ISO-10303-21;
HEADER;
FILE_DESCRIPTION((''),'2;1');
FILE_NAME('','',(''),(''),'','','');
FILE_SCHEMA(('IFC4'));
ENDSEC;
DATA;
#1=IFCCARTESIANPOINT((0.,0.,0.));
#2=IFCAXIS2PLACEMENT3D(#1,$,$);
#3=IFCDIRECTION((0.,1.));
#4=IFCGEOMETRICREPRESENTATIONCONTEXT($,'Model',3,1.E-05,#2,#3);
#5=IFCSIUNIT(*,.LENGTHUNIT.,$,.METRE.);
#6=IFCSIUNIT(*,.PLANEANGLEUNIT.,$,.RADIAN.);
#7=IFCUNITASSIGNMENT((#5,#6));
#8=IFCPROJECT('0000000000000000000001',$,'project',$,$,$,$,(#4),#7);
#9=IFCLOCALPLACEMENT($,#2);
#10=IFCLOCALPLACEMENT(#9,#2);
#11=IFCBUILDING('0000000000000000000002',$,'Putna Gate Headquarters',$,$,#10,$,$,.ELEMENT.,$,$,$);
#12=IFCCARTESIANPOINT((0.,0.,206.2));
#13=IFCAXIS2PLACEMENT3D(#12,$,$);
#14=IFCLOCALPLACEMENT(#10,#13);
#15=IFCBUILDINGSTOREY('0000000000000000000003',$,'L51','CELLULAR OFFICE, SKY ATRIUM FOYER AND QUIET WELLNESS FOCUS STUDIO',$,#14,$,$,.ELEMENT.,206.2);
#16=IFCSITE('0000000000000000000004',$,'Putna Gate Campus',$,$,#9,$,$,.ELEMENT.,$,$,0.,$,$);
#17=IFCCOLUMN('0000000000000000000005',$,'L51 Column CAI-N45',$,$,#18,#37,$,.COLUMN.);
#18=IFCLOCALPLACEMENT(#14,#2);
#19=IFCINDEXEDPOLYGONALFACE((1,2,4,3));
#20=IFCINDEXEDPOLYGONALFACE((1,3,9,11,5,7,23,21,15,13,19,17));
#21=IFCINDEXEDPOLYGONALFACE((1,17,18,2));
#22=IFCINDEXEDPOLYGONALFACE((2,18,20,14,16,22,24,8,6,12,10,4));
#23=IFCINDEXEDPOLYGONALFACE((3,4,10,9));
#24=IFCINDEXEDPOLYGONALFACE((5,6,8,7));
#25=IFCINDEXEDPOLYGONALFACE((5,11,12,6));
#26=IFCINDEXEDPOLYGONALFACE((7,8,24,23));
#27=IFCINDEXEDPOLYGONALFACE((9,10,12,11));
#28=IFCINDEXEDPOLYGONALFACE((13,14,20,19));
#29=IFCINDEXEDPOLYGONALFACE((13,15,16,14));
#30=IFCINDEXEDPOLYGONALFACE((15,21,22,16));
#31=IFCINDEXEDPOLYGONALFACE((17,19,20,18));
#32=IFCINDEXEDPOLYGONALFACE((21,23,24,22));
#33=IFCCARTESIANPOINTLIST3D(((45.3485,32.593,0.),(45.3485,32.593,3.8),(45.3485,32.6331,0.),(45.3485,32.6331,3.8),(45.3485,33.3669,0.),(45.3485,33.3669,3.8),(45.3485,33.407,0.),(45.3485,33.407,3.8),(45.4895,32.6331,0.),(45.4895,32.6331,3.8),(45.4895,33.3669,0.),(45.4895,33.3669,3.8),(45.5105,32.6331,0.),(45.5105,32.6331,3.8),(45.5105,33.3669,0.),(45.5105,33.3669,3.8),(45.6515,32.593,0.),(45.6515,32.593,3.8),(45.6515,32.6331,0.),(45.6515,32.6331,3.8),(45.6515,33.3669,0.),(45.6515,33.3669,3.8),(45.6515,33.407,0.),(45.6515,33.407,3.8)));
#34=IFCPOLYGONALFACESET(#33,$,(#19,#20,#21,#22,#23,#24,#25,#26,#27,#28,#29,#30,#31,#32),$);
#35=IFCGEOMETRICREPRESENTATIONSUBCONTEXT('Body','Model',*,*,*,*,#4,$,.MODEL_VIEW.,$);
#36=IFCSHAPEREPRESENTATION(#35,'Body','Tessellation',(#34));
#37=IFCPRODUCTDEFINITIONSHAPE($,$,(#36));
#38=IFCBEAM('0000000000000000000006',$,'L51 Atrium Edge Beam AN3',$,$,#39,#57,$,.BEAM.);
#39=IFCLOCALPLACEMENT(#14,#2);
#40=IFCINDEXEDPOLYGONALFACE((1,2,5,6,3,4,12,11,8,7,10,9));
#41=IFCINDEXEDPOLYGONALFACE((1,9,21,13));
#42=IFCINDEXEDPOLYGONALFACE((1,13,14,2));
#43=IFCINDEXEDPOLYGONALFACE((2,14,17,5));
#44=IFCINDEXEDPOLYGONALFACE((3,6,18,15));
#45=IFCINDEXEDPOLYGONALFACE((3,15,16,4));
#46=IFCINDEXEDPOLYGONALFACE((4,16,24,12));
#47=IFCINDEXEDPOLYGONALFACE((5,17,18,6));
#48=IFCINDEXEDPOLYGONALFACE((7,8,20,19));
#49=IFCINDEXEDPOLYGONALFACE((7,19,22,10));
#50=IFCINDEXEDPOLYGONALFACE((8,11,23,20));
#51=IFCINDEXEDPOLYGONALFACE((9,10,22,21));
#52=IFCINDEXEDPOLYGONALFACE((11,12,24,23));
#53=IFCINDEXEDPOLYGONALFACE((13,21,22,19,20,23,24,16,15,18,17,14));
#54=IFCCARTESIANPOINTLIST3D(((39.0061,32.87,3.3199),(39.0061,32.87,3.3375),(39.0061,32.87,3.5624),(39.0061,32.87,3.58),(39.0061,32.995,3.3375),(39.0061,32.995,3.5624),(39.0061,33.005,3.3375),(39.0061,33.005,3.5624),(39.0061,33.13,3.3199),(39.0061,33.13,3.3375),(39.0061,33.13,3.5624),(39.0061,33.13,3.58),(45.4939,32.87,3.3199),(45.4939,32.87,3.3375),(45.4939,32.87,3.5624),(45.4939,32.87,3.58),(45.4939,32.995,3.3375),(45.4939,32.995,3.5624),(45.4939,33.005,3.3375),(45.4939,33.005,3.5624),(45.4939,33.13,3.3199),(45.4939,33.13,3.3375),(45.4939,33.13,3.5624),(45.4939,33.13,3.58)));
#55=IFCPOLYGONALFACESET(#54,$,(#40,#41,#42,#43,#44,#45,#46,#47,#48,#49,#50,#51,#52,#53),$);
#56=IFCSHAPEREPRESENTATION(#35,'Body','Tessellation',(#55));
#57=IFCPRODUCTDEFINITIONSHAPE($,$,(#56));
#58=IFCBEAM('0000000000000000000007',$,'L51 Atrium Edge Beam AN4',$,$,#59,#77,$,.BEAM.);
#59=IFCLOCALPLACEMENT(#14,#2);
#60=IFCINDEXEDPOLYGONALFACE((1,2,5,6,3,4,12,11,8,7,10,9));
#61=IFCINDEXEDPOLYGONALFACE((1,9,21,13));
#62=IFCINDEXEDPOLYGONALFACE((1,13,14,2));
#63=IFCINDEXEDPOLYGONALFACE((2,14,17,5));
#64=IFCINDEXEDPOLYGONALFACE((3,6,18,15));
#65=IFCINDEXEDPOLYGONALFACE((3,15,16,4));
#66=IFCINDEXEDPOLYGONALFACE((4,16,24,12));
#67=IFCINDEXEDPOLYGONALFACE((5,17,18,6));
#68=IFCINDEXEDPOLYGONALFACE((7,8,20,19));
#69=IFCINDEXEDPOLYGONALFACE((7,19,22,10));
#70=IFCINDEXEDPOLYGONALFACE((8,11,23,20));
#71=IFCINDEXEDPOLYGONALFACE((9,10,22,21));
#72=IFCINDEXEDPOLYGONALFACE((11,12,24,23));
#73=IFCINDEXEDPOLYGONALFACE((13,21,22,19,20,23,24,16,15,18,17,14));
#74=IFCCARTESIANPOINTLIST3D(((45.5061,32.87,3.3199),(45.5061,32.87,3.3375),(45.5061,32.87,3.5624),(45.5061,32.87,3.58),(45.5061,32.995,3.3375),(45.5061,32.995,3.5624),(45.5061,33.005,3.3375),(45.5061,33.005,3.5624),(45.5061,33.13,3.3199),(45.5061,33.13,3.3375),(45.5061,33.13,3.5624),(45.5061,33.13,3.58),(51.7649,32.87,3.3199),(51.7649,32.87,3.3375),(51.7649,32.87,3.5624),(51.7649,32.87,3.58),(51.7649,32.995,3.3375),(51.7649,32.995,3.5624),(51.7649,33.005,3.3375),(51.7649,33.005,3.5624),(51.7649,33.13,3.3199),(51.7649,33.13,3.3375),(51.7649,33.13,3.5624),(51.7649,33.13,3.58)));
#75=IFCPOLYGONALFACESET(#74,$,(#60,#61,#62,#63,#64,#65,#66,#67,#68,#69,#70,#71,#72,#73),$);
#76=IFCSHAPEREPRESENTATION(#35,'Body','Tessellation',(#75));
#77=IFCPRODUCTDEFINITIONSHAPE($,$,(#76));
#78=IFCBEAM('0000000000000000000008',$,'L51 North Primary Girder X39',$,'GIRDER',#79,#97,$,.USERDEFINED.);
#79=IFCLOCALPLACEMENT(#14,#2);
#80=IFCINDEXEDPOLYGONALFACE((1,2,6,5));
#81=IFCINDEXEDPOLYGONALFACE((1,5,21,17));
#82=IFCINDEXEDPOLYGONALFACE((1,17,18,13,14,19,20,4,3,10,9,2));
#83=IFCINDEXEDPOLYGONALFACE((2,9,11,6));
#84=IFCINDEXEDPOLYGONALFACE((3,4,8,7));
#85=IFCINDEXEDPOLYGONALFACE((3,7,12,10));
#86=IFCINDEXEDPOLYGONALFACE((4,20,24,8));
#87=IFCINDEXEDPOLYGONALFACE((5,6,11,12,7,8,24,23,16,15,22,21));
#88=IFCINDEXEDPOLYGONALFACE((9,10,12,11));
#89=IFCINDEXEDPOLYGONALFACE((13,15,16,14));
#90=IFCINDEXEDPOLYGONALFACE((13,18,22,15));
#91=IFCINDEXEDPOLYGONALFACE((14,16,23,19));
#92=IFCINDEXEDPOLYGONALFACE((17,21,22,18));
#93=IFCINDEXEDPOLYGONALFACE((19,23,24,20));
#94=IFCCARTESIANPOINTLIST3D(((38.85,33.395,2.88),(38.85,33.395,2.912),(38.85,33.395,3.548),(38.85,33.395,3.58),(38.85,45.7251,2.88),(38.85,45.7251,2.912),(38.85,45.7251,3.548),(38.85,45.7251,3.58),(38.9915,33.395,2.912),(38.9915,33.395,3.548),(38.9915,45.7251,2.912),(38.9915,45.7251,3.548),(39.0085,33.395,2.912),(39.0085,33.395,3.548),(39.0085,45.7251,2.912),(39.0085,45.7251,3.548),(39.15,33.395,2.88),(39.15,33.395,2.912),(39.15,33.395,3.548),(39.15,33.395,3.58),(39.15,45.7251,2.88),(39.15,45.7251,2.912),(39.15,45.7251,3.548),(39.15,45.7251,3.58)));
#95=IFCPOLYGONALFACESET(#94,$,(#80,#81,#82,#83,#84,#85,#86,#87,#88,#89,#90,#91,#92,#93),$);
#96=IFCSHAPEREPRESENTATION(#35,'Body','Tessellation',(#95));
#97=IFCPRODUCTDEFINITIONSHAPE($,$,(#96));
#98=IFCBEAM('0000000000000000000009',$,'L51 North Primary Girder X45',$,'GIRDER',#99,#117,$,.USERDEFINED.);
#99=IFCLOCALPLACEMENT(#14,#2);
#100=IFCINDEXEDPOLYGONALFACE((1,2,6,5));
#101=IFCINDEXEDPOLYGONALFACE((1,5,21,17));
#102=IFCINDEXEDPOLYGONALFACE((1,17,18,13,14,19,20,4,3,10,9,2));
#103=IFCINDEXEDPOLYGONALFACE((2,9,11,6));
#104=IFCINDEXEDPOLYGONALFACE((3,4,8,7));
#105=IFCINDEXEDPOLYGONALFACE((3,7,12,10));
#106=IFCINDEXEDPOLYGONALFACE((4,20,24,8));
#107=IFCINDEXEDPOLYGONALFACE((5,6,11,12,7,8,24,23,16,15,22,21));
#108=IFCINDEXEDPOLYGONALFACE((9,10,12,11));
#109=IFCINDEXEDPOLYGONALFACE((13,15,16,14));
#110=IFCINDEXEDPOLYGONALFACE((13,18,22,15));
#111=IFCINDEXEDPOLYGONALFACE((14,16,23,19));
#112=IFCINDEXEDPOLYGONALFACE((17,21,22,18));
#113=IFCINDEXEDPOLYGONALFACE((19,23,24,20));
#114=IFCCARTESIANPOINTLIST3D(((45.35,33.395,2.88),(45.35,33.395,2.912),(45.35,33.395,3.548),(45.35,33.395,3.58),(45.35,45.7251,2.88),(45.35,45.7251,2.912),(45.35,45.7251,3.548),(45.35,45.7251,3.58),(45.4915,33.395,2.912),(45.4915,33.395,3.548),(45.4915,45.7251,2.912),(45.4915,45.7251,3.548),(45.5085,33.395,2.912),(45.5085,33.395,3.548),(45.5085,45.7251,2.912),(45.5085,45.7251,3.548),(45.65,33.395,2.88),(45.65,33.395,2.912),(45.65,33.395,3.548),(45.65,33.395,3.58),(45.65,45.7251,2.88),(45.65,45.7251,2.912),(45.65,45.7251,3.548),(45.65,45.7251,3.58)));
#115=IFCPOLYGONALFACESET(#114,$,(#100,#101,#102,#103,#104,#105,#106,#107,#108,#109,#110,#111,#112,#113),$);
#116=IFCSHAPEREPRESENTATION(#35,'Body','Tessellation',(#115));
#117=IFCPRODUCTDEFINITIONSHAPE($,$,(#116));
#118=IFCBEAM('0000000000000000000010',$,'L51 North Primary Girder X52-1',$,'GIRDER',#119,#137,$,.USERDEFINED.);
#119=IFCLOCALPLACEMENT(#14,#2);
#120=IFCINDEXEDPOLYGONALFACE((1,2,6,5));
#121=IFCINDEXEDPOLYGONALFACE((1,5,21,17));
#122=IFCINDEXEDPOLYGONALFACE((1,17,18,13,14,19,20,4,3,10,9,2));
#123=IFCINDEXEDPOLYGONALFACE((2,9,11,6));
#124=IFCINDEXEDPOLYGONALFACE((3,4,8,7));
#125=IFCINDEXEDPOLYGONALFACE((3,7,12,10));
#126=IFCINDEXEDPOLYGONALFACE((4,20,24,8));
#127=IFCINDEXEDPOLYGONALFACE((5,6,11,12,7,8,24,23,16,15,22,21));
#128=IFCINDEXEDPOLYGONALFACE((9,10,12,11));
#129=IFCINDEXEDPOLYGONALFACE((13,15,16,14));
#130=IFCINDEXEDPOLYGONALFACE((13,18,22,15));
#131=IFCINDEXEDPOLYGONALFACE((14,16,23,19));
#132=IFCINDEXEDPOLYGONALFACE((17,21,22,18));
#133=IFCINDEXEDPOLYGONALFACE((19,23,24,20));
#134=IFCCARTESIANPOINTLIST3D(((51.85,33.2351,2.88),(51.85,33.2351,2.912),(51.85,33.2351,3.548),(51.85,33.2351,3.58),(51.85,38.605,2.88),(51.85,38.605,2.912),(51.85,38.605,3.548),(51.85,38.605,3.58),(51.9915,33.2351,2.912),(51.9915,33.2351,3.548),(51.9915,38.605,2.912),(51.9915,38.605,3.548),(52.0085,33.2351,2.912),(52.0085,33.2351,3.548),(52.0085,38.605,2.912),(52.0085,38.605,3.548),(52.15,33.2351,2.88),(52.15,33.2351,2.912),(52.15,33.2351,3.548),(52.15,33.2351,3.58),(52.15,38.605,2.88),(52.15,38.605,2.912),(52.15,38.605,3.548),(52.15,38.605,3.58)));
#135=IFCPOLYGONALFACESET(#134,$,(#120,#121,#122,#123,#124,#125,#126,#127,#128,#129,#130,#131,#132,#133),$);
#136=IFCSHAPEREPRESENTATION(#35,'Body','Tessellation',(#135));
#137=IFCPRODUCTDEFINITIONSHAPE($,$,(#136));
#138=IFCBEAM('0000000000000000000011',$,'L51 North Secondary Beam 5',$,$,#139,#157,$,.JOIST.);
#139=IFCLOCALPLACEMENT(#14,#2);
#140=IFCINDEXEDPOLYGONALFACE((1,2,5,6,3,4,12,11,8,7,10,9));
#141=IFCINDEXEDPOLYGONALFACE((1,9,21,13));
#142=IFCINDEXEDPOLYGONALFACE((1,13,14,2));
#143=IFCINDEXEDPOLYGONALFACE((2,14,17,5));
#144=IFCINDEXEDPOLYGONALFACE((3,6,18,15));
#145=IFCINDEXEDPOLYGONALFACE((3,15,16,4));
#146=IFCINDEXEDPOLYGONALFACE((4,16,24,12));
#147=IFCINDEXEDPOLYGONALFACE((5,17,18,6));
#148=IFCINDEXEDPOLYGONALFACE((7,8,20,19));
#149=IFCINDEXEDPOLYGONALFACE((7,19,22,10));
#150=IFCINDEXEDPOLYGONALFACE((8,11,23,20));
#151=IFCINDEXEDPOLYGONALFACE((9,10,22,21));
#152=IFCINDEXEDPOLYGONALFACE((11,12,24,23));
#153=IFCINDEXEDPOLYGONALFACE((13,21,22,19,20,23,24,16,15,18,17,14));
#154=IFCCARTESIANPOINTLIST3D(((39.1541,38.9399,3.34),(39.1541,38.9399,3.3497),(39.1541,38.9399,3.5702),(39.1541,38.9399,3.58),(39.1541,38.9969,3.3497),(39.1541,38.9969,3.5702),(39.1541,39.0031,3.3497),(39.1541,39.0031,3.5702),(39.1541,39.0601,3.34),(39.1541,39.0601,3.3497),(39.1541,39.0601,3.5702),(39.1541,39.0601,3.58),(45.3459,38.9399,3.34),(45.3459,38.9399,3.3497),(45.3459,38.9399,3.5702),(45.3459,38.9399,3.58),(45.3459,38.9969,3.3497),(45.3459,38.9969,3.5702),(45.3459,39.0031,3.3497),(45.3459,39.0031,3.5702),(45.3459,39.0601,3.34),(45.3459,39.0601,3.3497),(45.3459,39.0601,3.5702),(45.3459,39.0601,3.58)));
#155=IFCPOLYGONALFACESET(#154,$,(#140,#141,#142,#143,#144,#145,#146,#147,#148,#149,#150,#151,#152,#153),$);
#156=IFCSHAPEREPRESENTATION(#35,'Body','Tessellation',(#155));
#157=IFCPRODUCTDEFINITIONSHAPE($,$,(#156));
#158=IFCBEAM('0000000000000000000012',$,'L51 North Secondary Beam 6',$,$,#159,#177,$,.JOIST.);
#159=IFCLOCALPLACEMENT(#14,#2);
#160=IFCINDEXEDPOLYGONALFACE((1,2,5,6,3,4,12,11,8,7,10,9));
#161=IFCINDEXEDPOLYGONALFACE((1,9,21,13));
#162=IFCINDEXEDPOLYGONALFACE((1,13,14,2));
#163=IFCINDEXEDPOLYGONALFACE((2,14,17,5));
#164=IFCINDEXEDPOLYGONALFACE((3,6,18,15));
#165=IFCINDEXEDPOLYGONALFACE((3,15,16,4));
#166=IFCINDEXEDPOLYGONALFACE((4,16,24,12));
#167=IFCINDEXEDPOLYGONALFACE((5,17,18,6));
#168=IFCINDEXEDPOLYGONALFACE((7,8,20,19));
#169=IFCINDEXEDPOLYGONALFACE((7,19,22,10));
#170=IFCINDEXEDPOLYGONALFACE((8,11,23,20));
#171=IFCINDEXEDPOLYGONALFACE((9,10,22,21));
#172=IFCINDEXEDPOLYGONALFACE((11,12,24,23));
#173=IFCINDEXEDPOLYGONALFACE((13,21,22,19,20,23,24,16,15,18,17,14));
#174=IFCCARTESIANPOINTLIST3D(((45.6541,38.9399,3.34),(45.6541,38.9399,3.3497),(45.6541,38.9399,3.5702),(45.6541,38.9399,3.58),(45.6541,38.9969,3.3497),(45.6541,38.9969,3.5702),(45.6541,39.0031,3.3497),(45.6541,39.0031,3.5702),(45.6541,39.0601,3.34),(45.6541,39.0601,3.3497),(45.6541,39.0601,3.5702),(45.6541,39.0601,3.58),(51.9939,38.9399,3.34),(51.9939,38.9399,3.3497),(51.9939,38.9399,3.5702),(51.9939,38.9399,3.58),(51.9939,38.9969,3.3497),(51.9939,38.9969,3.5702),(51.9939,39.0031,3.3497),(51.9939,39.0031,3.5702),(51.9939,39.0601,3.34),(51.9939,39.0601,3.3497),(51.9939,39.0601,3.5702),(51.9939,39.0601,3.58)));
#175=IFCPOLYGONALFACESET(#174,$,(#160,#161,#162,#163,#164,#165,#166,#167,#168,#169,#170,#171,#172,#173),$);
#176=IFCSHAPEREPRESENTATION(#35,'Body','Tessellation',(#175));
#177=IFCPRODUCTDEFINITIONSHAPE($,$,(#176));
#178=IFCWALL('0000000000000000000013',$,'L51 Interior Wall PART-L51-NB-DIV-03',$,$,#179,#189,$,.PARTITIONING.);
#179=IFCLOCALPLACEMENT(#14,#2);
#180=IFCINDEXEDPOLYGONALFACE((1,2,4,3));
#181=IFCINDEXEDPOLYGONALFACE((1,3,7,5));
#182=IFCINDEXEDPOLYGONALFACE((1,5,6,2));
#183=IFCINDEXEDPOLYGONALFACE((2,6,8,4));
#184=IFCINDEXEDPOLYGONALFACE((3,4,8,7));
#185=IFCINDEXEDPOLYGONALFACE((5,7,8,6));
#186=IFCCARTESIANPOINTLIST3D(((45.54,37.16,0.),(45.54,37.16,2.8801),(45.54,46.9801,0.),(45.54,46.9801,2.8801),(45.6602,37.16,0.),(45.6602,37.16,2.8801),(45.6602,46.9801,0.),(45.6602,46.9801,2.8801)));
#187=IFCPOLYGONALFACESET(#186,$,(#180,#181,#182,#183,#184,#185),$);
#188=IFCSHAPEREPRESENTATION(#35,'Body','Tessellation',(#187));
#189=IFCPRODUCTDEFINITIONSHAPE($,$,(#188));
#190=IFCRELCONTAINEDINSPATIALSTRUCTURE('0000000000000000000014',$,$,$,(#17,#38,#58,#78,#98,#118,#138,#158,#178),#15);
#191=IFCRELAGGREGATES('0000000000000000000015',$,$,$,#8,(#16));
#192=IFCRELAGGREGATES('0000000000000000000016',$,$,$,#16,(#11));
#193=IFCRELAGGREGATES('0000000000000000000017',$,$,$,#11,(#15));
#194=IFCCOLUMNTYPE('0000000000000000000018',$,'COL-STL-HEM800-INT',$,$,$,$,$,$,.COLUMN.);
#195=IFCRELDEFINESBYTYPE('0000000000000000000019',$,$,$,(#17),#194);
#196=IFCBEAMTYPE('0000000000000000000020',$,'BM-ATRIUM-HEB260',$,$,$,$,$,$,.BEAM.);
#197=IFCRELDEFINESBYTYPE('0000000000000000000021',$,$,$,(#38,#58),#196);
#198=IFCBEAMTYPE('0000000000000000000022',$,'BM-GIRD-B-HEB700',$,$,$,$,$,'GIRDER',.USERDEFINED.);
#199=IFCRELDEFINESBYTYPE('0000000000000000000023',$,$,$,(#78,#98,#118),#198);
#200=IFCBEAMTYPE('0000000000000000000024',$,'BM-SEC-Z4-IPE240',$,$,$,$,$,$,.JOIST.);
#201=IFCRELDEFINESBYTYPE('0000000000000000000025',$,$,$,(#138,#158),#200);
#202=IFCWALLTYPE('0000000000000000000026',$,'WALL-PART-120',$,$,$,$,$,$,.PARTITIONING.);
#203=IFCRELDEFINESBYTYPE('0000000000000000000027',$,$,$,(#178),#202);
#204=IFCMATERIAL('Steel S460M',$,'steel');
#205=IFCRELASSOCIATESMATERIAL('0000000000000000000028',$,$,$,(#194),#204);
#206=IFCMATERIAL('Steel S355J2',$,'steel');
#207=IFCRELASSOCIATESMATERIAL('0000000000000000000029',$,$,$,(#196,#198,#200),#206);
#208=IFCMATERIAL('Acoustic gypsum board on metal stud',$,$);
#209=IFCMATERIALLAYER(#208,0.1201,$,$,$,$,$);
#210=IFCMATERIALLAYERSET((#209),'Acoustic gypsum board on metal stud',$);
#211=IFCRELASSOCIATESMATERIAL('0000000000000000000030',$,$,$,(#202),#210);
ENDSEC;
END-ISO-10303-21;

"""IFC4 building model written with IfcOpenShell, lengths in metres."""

from ifc_helpers import new_model, si_unit, direction, frame, frame_2d, origin, origin_2d, place, context, subcontext, project, spatial, rectangle, i_section, extrude, material, layer, layer_set, material_profile, profile_set, type_object, element, save


model = new_model("IFC4")

# Units and contexts
model_context = context("Model", 3, precision=1e-05, world=origin(), true_north=direction((0.0, 1.0)))
body_context = subcontext(model_context, "Body", "Model", "MODEL_VIEW")
ifc_project = project(units=[si_unit("LENGTHUNIT", "METRE"), si_unit("PLANEANGLEUNIT", "RADIAN")], contexts=[model_context])

# Site, building, storey
site_placement = place(None, origin())
site = spatial("IfcSite", under=ifc_project, at=site_placement, Name="Putna Gate Campus", CompositionType="ELEMENT", RefElevation=0.0)
building_placement = place(site_placement, origin())
building = spatial("IfcBuilding", under=site, at=building_placement, Name="Putna Gate Headquarters", CompositionType="ELEMENT")
storey_placement = place(building_placement, frame((0.0, 0.0, 206.2)))
storey = spatial("IfcBuildingStorey", under=building, at=storey_placement, Name="L51", Description="CELLULAR OFFICE, SKY ATRIUM FOYER AND QUIET WELLNESS FOCUS STUDIO", CompositionType="ELEMENT", Elevation=206.2)

# Column
ifc_material_1 = material(Name="Steel S460M", Category="steel")
ifc_material_profile_1 = material_profile(ifc_material_1, i_section(OverallWidth=0.303, OverallDepth=0.814, WebThickness=0.021, FlangeThickness=0.04, at=origin_2d()), Name="Steel S460M")
ifc_profile_set_1 = profile_set([ifc_material_profile_1], Name="Steel S460M")
column_type = type_object("IfcColumnType", Name="COL-STL-HEM800-INT", PredefinedType="COLUMN", material=ifc_profile_set_1)
column_placement = place(storey_placement, frame((45.5, 33.0, 0.0), z_axis=(0.0, 0.0, 1.0), x_axis=(1.0, 0.0, 0.0)))
element("IfcColumn", 1, at=column_placement, inside=storey, type_object=column_type, Name="L51 Column CAI-N45", PredefinedType="COLUMN", context=body_context, shape_type="SweptSolid", body=[
    extrude(i_section(OverallWidth=0.303, OverallDepth=0.814, WebThickness=0.021, FlangeThickness=0.04, at=origin_2d()), origin(), (0.0, 0.0, 1.0), 3.8),
])

# Beams
ifc_material_2 = material(Name="Steel S355J2", Category="steel")
ifc_material_profile_2 = material_profile(ifc_material_2, i_section(OverallWidth=0.26, OverallDepth=0.26, WebThickness=0.01, FlangeThickness=0.0176, at=origin_2d()), Name="Steel S355J2")
ifc_profile_set_2 = profile_set([ifc_material_profile_2], Name="Steel S355J2")
beam_type_1 = type_object("IfcBeamType", Name="BM-ATRIUM-HEB260", PredefinedType="BEAM", material=ifc_profile_set_2)
beam_1_placement = place(storey_placement, frame((39.0061, 33.0, 3.45), z_axis=(1.0, 0.0, 0.0), x_axis=(0.0, 1.0, 0.0)))
element("IfcBeam", 2, at=beam_1_placement, inside=storey, type_object=beam_type_1, Name="L51 Atrium Edge Beam AN3", PredefinedType="BEAM", context=body_context, shape_type="SweptSolid", body=[
    extrude(i_section(OverallWidth=0.26, OverallDepth=0.26, WebThickness=0.01, FlangeThickness=0.0176, at=origin_2d()), origin(), (0.0, 0.0, 1.0), 6.4878),
])
beam_2_placement = place(storey_placement, frame((45.5061, 33.0, 3.45), z_axis=(1.0, 0.0, 0.0), x_axis=(0.0, 1.0, 0.0)))
element("IfcBeam", 3, at=beam_2_placement, inside=storey, type_object=beam_type_1, Name="L51 Atrium Edge Beam AN4", PredefinedType="BEAM", context=body_context, shape_type="SweptSolid", body=[
    extrude(i_section(OverallWidth=0.26, OverallDepth=0.26, WebThickness=0.01, FlangeThickness=0.0176, at=origin_2d()), origin(), (0.0, 0.0, 1.0), 6.2588),
])
ifc_material_profile_3 = material_profile(ifc_material_2, i_section(OverallWidth=0.3, OverallDepth=0.7, WebThickness=0.0171, FlangeThickness=0.032, at=origin_2d()), Name="Steel S355J2")
ifc_profile_set_3 = profile_set([ifc_material_profile_3], Name="Steel S355J2")
beam_type_2 = type_object("IfcBeamType", Name="BM-GIRD-B-HEB700", ElementType="GIRDER", PredefinedType="USERDEFINED", material=ifc_profile_set_3)
for number, where, z_axis, x_axis, name in (
    (4, (39.0, 33.395, 3.23), (0.0, 1.0, 0.0), (-1.0, 0.0, 0.0), "L51 North Primary Girder X39"),
    (5, (45.5, 33.395, 3.23), (0.0, 1.0, 0.0), (-1.0, 0.0, 0.0), "L51 North Primary Girder X45"),
):
    element("IfcBeam", number, at=place(storey_placement, frame(where, z_axis=z_axis, x_axis=x_axis)), inside=storey, type_object=beam_type_2, Name=name, ObjectType="GIRDER", PredefinedType="USERDEFINED", context=body_context, shape_type="SweptSolid", body=[
        extrude(i_section(OverallWidth=0.3, OverallDepth=0.7, WebThickness=0.0171, FlangeThickness=0.032, at=origin_2d()), origin(), (0.0, 0.0, 1.0), 12.3301),
    ])
beam_3_placement = place(storey_placement, frame((52.0, 33.2351, 3.23), z_axis=(0.0, 1.0, 0.0), x_axis=(-1.0, 0.0, 0.0)))
element("IfcBeam", 6, at=beam_3_placement, inside=storey, type_object=beam_type_2, Name="L51 North Primary Girder X52-1", ObjectType="GIRDER", PredefinedType="USERDEFINED", context=body_context, shape_type="SweptSolid", body=[
    extrude(i_section(OverallWidth=0.3, OverallDepth=0.7, WebThickness=0.0171, FlangeThickness=0.032, at=origin_2d()), origin(), (0.0, 0.0, 1.0), 5.3699),
])
ifc_material_profile_4 = material_profile(ifc_material_2, i_section(OverallWidth=0.1201, OverallDepth=0.24, WebThickness=0.0061, FlangeThickness=0.0098, at=origin_2d()), Name="Steel S355J2")
ifc_profile_set_4 = profile_set([ifc_material_profile_4], Name="Steel S355J2")
beam_type_3 = type_object("IfcBeamType", Name="BM-SEC-Z4-IPE240", PredefinedType="JOIST", material=ifc_profile_set_4)
beam_4_placement = place(storey_placement, frame((39.1541, 39.0, 3.46), z_axis=(1.0, 0.0, 0.0), x_axis=(0.0, 1.0, 0.0)))
element("IfcBeam", 7, at=beam_4_placement, inside=storey, type_object=beam_type_3, Name="L51 North Secondary Beam 5", PredefinedType="JOIST", context=body_context, shape_type="SweptSolid", body=[
    extrude(i_section(OverallWidth=0.1201, OverallDepth=0.24, WebThickness=0.0061, FlangeThickness=0.0098, at=origin_2d()), origin(), (0.0, 0.0, 1.0), 6.1919),
])
beam_5_placement = place(storey_placement, frame((45.6541, 39.0, 3.46), z_axis=(1.0, 0.0, 0.0), x_axis=(0.0, 1.0, 0.0)))
element("IfcBeam", 8, at=beam_5_placement, inside=storey, type_object=beam_type_3, Name="L51 North Secondary Beam 6", PredefinedType="JOIST", context=body_context, shape_type="SweptSolid", body=[
    extrude(i_section(OverallWidth=0.1201, OverallDepth=0.24, WebThickness=0.0061, FlangeThickness=0.0098, at=origin_2d()), origin(), (0.0, 0.0, 1.0), 6.3398),
])

# Shared definitions
ifc_material_3 = material(Name="Acoustic gypsum board on metal stud")
ifc_layer_1 = layer(ifc_material_3, 0.1201)
ifc_layer_set_1 = layer_set([ifc_layer_1], Name="Acoustic gypsum board on metal stud")
wall_type_1 = type_object("IfcWallType", Name="WALL-PART-120", PredefinedType="PARTITIONING", material=ifc_layer_set_1)

# Wall
wall_1_placement = place(storey_placement, frame((45.6001, 37.1599, 0.0), z_axis=(0.0, 0.0, 1.0), x_axis=(0.0, 1.0, 0.0)))
element("IfcWall", 9, at=wall_1_placement, inside=storey, type_object=wall_type_1, Name="L51 Interior Wall PART-L51-NB-DIV-03", PredefinedType="PARTITIONING", context=body_context, shape_type="SweptSolid", body=[
    extrude(rectangle(XDim=9.8201, YDim=0.1201, at=frame_2d((4.9102, 0.0))), origin(), (0.0, 0.0, 1.0), 2.8801),
])

save(model, "model.ifc")
